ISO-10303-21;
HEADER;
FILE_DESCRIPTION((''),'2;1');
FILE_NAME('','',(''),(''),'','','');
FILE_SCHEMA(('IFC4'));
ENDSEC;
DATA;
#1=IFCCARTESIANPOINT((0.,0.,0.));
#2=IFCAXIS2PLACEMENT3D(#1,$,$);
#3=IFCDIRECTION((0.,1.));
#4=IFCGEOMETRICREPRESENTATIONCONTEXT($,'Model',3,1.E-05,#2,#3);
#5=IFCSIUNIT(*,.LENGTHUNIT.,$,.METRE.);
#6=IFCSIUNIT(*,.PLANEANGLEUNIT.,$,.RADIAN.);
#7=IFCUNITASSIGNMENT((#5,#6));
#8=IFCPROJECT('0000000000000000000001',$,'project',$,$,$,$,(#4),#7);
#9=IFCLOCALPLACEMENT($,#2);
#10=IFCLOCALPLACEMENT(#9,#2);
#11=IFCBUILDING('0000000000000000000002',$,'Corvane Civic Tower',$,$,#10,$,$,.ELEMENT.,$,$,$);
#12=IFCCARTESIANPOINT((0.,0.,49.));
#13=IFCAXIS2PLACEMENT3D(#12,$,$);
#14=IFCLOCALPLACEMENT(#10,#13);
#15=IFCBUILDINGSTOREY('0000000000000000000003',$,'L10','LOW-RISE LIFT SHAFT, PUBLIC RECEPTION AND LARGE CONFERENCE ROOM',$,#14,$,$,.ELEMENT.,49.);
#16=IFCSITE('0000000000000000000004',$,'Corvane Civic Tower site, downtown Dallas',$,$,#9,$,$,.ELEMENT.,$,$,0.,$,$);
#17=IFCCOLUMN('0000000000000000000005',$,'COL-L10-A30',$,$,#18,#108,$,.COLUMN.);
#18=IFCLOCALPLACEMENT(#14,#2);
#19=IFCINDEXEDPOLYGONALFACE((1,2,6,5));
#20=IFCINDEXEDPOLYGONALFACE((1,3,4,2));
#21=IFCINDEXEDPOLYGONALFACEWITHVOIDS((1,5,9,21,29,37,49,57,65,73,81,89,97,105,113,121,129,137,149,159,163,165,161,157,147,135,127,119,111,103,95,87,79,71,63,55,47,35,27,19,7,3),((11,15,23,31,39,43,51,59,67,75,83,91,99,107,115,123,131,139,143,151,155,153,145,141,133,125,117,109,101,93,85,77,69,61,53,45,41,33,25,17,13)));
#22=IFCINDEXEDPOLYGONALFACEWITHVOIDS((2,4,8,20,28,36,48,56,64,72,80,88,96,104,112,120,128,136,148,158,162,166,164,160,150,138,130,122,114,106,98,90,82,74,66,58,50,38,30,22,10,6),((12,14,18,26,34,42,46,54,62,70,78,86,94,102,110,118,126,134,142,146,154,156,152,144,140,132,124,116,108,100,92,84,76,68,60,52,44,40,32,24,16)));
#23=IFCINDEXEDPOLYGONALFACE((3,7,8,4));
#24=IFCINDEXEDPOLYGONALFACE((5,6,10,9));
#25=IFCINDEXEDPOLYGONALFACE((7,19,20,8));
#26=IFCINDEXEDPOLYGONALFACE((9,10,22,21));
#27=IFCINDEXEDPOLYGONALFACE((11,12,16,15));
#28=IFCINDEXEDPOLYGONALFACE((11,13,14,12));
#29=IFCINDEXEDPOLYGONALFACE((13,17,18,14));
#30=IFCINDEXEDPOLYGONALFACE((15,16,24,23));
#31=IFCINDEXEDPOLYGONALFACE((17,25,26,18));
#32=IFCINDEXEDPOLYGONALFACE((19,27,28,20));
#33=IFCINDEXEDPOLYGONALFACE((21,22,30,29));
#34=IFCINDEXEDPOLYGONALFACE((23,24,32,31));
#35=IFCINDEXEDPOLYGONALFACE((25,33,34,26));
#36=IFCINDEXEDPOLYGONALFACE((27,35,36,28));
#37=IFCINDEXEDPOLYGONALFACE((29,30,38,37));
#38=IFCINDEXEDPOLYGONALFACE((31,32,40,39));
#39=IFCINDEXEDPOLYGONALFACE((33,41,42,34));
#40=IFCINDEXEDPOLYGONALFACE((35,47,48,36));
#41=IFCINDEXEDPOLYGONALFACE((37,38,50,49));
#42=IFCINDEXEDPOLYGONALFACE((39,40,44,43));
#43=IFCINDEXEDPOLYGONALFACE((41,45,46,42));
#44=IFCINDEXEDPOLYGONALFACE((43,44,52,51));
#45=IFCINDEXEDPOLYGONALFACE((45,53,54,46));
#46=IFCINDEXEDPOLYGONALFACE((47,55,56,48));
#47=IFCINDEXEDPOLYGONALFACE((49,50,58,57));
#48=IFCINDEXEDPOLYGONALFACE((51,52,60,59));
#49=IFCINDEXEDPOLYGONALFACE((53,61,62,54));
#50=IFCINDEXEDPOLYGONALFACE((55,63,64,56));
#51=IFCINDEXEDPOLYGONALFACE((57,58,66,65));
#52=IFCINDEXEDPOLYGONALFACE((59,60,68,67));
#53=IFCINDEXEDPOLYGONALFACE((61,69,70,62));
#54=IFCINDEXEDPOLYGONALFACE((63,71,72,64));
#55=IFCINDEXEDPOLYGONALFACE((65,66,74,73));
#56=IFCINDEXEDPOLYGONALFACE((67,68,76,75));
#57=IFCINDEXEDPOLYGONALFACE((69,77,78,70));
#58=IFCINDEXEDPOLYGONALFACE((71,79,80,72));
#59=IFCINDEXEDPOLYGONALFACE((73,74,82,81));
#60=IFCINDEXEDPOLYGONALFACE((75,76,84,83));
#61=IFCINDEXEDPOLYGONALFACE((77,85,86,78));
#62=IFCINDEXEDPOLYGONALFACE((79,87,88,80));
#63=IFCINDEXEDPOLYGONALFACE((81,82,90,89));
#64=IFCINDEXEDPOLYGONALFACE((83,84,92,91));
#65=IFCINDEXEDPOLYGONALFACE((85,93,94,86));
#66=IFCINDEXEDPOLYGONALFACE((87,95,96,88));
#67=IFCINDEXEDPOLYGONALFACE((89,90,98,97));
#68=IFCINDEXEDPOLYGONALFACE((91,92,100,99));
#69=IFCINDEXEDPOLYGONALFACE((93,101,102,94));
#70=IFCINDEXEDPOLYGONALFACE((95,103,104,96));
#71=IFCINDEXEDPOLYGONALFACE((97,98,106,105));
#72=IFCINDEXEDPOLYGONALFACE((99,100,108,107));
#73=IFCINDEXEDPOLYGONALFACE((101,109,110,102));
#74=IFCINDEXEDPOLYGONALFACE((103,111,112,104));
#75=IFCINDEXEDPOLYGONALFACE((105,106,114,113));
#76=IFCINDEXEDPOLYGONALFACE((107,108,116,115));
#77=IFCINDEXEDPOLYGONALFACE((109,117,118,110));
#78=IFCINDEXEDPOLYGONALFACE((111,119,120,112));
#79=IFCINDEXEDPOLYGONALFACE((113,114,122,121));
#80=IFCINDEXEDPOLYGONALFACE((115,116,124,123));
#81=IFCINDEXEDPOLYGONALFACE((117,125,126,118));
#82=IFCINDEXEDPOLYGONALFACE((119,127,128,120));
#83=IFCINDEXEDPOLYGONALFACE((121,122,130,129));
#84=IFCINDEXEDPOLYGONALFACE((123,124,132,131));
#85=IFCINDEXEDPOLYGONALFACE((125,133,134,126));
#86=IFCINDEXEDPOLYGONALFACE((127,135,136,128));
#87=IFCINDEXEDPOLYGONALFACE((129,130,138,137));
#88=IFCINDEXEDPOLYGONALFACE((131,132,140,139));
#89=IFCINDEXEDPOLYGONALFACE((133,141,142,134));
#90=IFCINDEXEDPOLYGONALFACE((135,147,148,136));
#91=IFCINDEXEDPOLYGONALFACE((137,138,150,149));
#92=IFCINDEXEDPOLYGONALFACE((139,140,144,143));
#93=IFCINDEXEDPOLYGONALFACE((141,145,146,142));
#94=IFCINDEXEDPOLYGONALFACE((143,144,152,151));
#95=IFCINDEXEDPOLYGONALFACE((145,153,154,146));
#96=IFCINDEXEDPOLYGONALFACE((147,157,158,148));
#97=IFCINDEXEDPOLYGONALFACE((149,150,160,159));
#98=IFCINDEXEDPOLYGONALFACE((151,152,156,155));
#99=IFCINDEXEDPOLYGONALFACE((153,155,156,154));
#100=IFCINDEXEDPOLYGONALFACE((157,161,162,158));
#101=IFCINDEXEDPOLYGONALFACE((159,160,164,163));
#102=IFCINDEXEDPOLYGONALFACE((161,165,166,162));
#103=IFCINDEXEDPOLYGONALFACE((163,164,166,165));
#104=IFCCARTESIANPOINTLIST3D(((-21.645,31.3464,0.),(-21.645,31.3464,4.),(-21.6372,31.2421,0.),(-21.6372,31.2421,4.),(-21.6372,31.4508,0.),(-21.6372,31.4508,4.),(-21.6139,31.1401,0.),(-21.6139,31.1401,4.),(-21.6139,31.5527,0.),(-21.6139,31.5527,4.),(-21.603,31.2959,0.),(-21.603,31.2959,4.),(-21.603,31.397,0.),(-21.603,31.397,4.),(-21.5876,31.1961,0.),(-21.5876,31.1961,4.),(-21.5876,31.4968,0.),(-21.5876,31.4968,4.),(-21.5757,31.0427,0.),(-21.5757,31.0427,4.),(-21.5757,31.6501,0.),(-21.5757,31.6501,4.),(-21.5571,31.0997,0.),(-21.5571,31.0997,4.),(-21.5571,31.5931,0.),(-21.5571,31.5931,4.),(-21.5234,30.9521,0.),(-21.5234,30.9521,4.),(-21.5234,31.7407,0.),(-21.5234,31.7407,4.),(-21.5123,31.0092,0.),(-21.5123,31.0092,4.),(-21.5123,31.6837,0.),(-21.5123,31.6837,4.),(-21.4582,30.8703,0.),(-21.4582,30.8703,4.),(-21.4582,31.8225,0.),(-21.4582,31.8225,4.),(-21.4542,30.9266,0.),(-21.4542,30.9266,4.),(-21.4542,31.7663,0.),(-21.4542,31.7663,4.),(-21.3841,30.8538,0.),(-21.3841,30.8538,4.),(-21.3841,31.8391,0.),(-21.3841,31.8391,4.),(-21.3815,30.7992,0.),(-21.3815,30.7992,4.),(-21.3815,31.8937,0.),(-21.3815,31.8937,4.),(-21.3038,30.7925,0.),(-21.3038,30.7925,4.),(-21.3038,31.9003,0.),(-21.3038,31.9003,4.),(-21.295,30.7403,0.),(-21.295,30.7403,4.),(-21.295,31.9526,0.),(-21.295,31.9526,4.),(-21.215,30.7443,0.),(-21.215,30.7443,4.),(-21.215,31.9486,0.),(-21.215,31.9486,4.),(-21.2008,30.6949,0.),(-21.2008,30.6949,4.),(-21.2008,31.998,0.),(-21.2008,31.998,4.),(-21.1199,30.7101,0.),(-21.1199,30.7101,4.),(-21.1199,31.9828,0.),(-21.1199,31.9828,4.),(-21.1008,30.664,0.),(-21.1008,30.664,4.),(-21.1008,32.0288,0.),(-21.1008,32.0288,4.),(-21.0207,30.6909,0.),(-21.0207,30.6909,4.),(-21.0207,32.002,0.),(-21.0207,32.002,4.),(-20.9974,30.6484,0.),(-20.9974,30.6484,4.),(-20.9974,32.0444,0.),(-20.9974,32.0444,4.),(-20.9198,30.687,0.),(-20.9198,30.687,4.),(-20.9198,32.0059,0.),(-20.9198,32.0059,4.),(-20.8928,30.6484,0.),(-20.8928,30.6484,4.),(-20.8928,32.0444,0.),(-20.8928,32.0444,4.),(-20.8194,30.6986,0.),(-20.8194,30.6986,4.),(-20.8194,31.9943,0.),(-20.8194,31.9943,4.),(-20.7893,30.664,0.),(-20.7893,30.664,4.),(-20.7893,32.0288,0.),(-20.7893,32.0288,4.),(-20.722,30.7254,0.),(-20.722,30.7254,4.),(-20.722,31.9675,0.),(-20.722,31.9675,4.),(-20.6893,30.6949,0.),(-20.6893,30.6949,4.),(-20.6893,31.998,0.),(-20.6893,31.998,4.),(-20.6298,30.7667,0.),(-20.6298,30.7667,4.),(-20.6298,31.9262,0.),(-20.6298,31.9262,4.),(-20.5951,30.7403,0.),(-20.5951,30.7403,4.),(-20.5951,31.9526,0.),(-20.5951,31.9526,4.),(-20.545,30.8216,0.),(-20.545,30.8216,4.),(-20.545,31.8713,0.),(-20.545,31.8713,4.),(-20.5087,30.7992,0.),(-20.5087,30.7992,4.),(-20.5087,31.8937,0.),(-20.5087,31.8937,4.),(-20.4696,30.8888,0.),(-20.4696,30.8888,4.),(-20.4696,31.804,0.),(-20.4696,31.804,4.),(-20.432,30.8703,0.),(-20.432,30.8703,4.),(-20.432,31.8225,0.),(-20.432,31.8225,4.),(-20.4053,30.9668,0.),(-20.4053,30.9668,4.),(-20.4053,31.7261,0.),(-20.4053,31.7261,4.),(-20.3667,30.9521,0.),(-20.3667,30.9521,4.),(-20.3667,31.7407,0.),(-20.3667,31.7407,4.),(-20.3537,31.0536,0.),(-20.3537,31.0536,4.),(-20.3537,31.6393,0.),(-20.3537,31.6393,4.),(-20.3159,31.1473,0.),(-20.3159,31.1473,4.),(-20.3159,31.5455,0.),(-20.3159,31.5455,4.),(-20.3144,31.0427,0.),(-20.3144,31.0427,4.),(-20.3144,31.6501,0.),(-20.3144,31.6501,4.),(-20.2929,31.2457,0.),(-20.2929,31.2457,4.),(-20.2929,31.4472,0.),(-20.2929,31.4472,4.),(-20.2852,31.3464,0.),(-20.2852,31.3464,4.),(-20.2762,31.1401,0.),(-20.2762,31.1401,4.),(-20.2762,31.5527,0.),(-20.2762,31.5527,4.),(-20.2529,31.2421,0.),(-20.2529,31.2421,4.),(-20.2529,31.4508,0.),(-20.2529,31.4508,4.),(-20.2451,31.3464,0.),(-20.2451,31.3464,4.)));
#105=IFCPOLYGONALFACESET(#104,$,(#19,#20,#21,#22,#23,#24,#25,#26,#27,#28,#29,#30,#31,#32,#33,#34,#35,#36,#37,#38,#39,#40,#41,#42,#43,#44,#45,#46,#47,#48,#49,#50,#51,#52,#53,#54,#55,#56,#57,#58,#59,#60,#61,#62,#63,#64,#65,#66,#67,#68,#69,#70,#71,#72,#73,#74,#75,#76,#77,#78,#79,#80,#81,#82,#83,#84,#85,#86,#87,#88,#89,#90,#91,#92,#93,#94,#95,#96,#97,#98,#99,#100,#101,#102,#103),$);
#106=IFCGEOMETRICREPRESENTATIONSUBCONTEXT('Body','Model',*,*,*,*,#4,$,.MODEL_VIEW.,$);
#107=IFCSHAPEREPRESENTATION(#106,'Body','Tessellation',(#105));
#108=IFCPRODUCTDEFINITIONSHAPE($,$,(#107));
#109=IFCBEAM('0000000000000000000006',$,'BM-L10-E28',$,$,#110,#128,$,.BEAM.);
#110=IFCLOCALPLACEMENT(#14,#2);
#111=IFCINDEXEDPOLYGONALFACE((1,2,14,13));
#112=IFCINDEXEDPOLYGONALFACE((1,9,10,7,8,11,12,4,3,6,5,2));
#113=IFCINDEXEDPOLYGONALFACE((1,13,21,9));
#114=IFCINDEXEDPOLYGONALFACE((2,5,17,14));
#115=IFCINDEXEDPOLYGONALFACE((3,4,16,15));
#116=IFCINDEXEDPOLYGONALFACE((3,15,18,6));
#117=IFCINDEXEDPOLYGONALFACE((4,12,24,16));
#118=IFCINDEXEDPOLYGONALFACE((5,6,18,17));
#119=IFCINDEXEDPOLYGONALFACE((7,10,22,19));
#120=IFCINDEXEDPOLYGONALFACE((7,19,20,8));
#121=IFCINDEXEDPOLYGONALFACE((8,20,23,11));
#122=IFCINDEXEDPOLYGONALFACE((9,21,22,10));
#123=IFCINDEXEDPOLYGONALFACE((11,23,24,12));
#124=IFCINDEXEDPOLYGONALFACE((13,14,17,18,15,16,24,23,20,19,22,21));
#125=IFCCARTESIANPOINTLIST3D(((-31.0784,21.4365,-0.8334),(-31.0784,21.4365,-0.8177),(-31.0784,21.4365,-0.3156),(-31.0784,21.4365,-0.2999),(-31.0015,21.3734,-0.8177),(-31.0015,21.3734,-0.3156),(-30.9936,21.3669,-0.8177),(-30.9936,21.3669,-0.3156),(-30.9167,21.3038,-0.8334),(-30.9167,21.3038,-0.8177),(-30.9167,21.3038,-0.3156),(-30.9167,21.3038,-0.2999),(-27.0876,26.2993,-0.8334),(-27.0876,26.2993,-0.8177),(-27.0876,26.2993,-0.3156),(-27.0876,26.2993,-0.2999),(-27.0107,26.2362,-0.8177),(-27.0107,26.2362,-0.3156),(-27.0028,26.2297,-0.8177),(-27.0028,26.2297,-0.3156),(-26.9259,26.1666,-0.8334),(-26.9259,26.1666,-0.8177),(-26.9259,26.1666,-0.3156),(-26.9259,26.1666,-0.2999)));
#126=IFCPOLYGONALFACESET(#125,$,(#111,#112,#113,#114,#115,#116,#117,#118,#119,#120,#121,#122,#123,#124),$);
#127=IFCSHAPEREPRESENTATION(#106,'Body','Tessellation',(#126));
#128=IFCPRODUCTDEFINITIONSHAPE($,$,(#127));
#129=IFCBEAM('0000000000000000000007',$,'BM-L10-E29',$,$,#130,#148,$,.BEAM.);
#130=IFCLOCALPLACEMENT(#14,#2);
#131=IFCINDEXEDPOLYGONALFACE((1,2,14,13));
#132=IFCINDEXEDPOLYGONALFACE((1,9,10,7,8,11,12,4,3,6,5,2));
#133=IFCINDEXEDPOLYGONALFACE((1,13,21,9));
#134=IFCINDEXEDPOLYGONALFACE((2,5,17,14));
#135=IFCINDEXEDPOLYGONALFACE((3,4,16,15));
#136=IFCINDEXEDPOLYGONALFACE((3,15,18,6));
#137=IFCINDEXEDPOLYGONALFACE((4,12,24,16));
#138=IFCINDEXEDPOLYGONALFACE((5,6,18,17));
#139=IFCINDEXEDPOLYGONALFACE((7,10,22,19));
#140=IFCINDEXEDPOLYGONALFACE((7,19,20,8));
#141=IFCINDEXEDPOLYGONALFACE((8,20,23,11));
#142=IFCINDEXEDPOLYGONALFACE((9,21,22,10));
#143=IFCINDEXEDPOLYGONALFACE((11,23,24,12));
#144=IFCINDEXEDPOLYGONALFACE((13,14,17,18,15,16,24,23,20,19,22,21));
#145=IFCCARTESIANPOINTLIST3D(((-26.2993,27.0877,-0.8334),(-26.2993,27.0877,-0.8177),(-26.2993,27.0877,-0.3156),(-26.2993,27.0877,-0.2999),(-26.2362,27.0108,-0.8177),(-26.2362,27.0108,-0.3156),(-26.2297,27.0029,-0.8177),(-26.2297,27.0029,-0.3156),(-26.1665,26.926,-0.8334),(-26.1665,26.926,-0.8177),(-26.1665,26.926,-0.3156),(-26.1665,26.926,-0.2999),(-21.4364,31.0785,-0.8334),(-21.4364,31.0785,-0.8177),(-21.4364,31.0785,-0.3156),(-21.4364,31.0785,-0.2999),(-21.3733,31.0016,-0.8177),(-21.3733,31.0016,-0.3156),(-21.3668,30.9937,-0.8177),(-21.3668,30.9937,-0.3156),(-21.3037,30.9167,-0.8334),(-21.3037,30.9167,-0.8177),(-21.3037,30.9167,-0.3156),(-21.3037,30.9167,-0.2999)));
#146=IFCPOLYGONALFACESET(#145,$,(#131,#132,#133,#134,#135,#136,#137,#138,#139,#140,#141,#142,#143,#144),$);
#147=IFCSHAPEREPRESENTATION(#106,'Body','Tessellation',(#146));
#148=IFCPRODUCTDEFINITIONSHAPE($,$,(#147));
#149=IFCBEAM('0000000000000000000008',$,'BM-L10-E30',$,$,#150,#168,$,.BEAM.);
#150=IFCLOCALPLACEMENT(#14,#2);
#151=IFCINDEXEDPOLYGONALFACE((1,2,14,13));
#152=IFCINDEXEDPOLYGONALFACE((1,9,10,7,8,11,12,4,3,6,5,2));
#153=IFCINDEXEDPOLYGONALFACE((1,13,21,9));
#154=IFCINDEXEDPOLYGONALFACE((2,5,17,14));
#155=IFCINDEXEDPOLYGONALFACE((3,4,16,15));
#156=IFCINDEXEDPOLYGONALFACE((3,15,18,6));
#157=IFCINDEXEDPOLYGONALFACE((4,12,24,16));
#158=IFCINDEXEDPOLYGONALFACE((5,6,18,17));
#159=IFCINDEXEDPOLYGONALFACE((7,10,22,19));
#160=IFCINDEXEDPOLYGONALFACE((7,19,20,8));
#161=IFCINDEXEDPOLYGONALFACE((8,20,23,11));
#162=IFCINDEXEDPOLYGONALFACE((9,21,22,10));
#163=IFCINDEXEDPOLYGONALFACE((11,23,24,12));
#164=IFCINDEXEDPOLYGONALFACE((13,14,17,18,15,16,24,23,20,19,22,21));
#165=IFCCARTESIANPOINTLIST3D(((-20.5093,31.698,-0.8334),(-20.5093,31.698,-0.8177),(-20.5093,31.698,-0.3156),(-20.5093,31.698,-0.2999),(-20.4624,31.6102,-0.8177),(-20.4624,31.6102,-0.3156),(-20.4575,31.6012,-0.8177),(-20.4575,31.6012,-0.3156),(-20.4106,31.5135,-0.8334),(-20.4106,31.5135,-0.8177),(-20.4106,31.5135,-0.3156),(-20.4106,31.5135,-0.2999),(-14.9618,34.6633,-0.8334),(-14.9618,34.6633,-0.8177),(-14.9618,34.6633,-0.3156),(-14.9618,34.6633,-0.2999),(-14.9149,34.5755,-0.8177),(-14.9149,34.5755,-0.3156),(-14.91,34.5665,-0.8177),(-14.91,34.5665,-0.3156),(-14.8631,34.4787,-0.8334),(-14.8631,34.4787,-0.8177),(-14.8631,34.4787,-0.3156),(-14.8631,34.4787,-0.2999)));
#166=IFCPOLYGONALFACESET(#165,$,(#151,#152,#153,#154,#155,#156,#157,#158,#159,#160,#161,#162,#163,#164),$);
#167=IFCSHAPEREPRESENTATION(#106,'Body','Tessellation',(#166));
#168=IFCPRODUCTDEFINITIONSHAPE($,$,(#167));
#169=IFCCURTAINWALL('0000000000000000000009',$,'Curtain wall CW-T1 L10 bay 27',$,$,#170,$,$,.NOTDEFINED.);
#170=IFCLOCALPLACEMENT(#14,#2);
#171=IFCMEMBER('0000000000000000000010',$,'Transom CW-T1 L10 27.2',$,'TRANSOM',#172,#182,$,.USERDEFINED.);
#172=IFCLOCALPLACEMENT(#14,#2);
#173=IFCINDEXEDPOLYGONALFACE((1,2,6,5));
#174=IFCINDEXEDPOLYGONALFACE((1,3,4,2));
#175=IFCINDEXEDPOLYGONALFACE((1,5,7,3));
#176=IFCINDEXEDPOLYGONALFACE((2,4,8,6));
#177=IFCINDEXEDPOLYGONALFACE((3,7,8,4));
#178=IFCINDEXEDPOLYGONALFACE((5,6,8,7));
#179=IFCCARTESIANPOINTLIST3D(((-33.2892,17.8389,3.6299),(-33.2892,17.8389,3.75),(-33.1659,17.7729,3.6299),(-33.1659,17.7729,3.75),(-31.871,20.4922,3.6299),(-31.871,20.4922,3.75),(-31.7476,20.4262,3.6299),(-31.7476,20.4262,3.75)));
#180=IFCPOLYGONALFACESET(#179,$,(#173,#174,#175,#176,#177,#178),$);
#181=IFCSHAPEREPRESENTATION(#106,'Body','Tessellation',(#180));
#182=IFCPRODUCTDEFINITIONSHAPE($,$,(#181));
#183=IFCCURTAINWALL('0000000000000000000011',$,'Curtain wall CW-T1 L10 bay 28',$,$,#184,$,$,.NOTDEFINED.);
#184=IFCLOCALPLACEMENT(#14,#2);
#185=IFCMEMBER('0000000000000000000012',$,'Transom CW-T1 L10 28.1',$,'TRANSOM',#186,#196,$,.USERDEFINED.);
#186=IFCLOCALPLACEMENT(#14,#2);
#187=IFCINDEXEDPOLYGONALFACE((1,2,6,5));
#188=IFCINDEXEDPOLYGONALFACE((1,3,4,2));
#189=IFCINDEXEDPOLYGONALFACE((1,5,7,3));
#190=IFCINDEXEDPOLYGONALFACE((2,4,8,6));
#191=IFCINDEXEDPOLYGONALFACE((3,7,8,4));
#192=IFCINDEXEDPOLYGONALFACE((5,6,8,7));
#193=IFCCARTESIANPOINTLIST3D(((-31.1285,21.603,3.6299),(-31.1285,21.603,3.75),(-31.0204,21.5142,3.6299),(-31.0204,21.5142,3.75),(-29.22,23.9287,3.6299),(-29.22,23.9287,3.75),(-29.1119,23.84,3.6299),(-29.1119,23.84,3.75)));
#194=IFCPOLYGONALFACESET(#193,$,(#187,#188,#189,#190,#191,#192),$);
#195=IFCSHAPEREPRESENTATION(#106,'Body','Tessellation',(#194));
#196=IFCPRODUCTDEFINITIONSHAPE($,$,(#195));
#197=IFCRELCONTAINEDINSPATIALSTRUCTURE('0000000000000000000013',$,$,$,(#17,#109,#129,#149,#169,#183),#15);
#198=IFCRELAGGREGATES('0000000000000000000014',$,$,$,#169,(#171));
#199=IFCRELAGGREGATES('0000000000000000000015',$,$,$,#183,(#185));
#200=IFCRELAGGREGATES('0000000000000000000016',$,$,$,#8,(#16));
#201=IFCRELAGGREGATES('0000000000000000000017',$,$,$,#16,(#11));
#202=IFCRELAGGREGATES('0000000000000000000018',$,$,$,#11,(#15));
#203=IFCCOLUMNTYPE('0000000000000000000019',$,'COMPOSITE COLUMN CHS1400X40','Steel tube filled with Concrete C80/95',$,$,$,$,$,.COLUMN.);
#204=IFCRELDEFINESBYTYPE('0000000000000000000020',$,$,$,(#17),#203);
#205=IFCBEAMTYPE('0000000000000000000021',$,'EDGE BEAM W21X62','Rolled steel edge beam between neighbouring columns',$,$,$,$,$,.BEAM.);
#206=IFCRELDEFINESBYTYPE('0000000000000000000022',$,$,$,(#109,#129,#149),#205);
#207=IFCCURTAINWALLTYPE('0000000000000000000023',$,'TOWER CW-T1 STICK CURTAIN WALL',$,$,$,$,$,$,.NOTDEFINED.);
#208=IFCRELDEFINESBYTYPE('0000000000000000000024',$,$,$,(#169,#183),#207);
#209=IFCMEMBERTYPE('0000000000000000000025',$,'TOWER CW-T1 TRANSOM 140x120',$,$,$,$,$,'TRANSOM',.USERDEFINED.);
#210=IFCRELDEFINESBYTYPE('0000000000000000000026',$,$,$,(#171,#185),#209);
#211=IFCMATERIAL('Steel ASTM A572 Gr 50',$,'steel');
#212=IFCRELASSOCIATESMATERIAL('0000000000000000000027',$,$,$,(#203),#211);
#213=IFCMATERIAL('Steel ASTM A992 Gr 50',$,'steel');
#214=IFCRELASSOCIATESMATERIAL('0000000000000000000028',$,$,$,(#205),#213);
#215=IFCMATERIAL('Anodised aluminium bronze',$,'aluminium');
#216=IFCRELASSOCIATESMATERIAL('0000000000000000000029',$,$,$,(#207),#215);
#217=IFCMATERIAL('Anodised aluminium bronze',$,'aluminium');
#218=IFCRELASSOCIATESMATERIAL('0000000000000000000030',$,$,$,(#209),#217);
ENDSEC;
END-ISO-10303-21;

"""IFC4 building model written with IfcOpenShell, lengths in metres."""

from ifc_helpers import new_model, si_unit, direction, frame, origin, origin_2d, place, context, subcontext, project, spatial, rectangle, hollow_circle, i_section, extrude, material, material_profile, profile_set, type_object, element, aggregate, save


model = new_model("IFC4")

# Units and contexts
model_context = context("Model", 3, precision=1e-05, world=origin(), true_north=direction((0.0, 1.0)))
body_context = subcontext(model_context, "Body", "Model", "MODEL_VIEW")
ifc_project = project(units=[si_unit("LENGTHUNIT", "METRE"), si_unit("PLANEANGLEUNIT", "RADIAN")], contexts=[model_context])

# Site, building, storey
site_placement = place(None, origin())
site = spatial("IfcSite", under=ifc_project, at=site_placement, Name="Corvane Civic Tower site, downtown Dallas", CompositionType="ELEMENT", RefElevation=0.0)
building_placement = place(site_placement, origin())
building = spatial("IfcBuilding", under=site, at=building_placement, Name="Corvane Civic Tower", CompositionType="ELEMENT")
storey_placement = place(building_placement, frame((0.0, 0.0, 49.0)))
storey = spatial("IfcBuildingStorey", under=building, at=storey_placement, Name="L10", Description="LOW-RISE LIFT SHAFT, PUBLIC RECEPTION AND LARGE CONFERENCE ROOM", CompositionType="ELEMENT", Elevation=49.0)

# Column
ifc_material_1 = material(Name="Steel ASTM A572 Gr 50", Category="steel")
ifc_material_profile_1 = material_profile(ifc_material_1, hollow_circle(Radius=0.7, WallThickness=0.04, at=origin_2d()), Name="CHS1400X40")
ifc_profile_set_1 = profile_set([ifc_material_profile_1], Name="Steel ASTM A572 Gr 50")
column_type = type_object("IfcColumnType", Name="COMPOSITE COLUMN CHS1400X40", Description="Steel tube filled with Concrete C80/95", PredefinedType="COLUMN", material=ifc_profile_set_1)
for number, where, z_axis, x_axis, name in (
    (1, (-20.9451, 31.3464, 0.0), (0.0, 0.0, 1.0), (1.0, 0.0, 0.0), "COL-L10-A30"),
):
    element("IfcColumn", number, at=place(storey_placement, frame(where, z_axis=z_axis, x_axis=x_axis)), inside=storey, type_object=column_type, Name=name, PredefinedType="COLUMN", context=body_context, shape_type="SweptSolid", body=[
        extrude(hollow_circle(Radius=0.7, WallThickness=0.04, at=origin_2d()), origin(), (0.0, 0.0, 1.0), 4.0),
    ])

# Beams
ifc_material_2 = material(Name="Steel ASTM A992 Gr 50", Category="steel")
ifc_material_profile_2 = material_profile(ifc_material_2, i_section(OverallWidth=0.2092, OverallDepth=0.5334, WebThickness=0.0103, FlangeThickness=0.0156, at=origin_2d()), Name="W21X62")
ifc_profile_set_2 = profile_set([ifc_material_profile_2], Name="Steel ASTM A992 Gr 50")
beam_type = type_object("IfcBeamType", Name="EDGE BEAM W21X62", Description="Rolled steel edge beam between neighbouring columns", PredefinedType="BEAM", material=ifc_profile_set_2)
for number, where, z_axis, x_axis, name in (
    (2, (-30.9976, 21.3701, -0.5667), (0.634387, 0.773016, 0.0), (-0.773016, 0.634387, 0.0), "BM-L10-E28"),
    (3, (-26.2329, 27.0068, -0.5667), (0.773016, 0.634387, 0.0), (-0.634387, 0.773016, 0.0), "BM-L10-E29"),
):
    element("IfcBeam", number, at=place(storey_placement, frame(where, z_axis=z_axis, x_axis=x_axis)), inside=storey, type_object=beam_type, Name=name, PredefinedType="BEAM", context=body_context, shape_type="SweptSolid", body=[
        extrude(i_section(OverallWidth=0.2092, OverallDepth=0.5334, WebThickness=0.0103, FlangeThickness=0.0156, at=origin_2d()), origin(), (0.0, 0.0, 1.0), 6.2908),
    ])
beam_placement = place(storey_placement, frame((-20.46, 31.6057, -0.5667), z_axis=(0.881916, 0.471406, 0.0), x_axis=(-0.471406, 0.881916, 0.0)))
element("IfcBeam", 4, at=beam_placement, inside=storey, type_object=beam_type, Name="BM-L10-E30", PredefinedType="BEAM", context=body_context, shape_type="SweptSolid", body=[
    extrude(i_section(OverallWidth=0.2092, OverallDepth=0.5334, WebThickness=0.0103, FlangeThickness=0.0156, at=origin_2d()), origin(), (0.0, 0.0, 1.0), 6.2903),
])

# Curtain wall, member
ifc_material_3 = material(Name="Anodised aluminium bronze", Category="aluminium")
curtain_wall_type = type_object("IfcCurtainWallType", Name="TOWER CW-T1 STICK CURTAIN WALL", PredefinedType="NOTDEFINED", material=ifc_material_3)
curtain_wall_1_placement = place(storey_placement, origin())
curtain_wall_1 = element("IfcCurtainWall", 5, at=curtain_wall_1_placement, inside=storey, type_object=curtain_wall_type, Name="Curtain wall CW-T1 L10 bay 27", PredefinedType="NOTDEFINED")
ifc_material_4 = material(Name="Anodised aluminium bronze", Category="aluminium")
ifc_material_profile_3 = material_profile(ifc_material_4, rectangle(XDim=0.1399, YDim=0.1201, at=origin_2d()), Name="TOWER CW-T1 TRANSOM 140x120")
ifc_profile_set_3 = profile_set([ifc_material_profile_3], Name="Anodised aluminium bronze")
member_type_1 = type_object("IfcMemberType", Name="TOWER CW-T1 TRANSOM 140x120", ElementType="TRANSOM", PredefinedType="USERDEFINED", material=ifc_profile_set_3)
member_1_placement = place(storey_placement, frame((-33.2275, 17.8059, 3.6899), z_axis=(0.471393, 0.881924, 0.0), x_axis=(-0.881924, 0.471393, 0.0)))
member_1 = element("IfcMember", 6, at=member_1_placement, type_object=member_type_1, Name="Transom CW-T1 L10 27.2", ObjectType="TRANSOM", PredefinedType="USERDEFINED", context=body_context, shape_type="SweptSolid", body=[
    extrude(rectangle(XDim=0.1399, YDim=0.1201, at=origin_2d()), origin(), (0.0, 0.0, 1.0), 3.0085),
])

# Curtain wall, member
curtain_wall_2_placement = place(storey_placement, origin())
curtain_wall_2 = element("IfcCurtainWall", 7, at=curtain_wall_2_placement, inside=storey, type_object=curtain_wall_type, Name="Curtain wall CW-T1 L10 bay 28", PredefinedType="NOTDEFINED")
member_2_placement = place(storey_placement, frame((-31.0745, 21.5586, 3.6899), z_axis=(0.634355, 0.773042, 0.0), x_axis=(-0.773042, 0.634355, 0.0)))
member_2 = element("IfcMember", 8, at=member_2_placement, type_object=member_type_1, Name="Transom CW-T1 L10 28.1", ObjectType="TRANSOM", PredefinedType="USERDEFINED", context=body_context, shape_type="SweptSolid", body=[
    extrude(rectangle(XDim=0.1399, YDim=0.1201, at=origin_2d()), origin(), (0.0, 0.0, 1.0), 3.0085),
])

aggregate(curtain_wall_1, [member_1])
aggregate(curtain_wall_2, [member_2])

save(model, "model.ifc")
